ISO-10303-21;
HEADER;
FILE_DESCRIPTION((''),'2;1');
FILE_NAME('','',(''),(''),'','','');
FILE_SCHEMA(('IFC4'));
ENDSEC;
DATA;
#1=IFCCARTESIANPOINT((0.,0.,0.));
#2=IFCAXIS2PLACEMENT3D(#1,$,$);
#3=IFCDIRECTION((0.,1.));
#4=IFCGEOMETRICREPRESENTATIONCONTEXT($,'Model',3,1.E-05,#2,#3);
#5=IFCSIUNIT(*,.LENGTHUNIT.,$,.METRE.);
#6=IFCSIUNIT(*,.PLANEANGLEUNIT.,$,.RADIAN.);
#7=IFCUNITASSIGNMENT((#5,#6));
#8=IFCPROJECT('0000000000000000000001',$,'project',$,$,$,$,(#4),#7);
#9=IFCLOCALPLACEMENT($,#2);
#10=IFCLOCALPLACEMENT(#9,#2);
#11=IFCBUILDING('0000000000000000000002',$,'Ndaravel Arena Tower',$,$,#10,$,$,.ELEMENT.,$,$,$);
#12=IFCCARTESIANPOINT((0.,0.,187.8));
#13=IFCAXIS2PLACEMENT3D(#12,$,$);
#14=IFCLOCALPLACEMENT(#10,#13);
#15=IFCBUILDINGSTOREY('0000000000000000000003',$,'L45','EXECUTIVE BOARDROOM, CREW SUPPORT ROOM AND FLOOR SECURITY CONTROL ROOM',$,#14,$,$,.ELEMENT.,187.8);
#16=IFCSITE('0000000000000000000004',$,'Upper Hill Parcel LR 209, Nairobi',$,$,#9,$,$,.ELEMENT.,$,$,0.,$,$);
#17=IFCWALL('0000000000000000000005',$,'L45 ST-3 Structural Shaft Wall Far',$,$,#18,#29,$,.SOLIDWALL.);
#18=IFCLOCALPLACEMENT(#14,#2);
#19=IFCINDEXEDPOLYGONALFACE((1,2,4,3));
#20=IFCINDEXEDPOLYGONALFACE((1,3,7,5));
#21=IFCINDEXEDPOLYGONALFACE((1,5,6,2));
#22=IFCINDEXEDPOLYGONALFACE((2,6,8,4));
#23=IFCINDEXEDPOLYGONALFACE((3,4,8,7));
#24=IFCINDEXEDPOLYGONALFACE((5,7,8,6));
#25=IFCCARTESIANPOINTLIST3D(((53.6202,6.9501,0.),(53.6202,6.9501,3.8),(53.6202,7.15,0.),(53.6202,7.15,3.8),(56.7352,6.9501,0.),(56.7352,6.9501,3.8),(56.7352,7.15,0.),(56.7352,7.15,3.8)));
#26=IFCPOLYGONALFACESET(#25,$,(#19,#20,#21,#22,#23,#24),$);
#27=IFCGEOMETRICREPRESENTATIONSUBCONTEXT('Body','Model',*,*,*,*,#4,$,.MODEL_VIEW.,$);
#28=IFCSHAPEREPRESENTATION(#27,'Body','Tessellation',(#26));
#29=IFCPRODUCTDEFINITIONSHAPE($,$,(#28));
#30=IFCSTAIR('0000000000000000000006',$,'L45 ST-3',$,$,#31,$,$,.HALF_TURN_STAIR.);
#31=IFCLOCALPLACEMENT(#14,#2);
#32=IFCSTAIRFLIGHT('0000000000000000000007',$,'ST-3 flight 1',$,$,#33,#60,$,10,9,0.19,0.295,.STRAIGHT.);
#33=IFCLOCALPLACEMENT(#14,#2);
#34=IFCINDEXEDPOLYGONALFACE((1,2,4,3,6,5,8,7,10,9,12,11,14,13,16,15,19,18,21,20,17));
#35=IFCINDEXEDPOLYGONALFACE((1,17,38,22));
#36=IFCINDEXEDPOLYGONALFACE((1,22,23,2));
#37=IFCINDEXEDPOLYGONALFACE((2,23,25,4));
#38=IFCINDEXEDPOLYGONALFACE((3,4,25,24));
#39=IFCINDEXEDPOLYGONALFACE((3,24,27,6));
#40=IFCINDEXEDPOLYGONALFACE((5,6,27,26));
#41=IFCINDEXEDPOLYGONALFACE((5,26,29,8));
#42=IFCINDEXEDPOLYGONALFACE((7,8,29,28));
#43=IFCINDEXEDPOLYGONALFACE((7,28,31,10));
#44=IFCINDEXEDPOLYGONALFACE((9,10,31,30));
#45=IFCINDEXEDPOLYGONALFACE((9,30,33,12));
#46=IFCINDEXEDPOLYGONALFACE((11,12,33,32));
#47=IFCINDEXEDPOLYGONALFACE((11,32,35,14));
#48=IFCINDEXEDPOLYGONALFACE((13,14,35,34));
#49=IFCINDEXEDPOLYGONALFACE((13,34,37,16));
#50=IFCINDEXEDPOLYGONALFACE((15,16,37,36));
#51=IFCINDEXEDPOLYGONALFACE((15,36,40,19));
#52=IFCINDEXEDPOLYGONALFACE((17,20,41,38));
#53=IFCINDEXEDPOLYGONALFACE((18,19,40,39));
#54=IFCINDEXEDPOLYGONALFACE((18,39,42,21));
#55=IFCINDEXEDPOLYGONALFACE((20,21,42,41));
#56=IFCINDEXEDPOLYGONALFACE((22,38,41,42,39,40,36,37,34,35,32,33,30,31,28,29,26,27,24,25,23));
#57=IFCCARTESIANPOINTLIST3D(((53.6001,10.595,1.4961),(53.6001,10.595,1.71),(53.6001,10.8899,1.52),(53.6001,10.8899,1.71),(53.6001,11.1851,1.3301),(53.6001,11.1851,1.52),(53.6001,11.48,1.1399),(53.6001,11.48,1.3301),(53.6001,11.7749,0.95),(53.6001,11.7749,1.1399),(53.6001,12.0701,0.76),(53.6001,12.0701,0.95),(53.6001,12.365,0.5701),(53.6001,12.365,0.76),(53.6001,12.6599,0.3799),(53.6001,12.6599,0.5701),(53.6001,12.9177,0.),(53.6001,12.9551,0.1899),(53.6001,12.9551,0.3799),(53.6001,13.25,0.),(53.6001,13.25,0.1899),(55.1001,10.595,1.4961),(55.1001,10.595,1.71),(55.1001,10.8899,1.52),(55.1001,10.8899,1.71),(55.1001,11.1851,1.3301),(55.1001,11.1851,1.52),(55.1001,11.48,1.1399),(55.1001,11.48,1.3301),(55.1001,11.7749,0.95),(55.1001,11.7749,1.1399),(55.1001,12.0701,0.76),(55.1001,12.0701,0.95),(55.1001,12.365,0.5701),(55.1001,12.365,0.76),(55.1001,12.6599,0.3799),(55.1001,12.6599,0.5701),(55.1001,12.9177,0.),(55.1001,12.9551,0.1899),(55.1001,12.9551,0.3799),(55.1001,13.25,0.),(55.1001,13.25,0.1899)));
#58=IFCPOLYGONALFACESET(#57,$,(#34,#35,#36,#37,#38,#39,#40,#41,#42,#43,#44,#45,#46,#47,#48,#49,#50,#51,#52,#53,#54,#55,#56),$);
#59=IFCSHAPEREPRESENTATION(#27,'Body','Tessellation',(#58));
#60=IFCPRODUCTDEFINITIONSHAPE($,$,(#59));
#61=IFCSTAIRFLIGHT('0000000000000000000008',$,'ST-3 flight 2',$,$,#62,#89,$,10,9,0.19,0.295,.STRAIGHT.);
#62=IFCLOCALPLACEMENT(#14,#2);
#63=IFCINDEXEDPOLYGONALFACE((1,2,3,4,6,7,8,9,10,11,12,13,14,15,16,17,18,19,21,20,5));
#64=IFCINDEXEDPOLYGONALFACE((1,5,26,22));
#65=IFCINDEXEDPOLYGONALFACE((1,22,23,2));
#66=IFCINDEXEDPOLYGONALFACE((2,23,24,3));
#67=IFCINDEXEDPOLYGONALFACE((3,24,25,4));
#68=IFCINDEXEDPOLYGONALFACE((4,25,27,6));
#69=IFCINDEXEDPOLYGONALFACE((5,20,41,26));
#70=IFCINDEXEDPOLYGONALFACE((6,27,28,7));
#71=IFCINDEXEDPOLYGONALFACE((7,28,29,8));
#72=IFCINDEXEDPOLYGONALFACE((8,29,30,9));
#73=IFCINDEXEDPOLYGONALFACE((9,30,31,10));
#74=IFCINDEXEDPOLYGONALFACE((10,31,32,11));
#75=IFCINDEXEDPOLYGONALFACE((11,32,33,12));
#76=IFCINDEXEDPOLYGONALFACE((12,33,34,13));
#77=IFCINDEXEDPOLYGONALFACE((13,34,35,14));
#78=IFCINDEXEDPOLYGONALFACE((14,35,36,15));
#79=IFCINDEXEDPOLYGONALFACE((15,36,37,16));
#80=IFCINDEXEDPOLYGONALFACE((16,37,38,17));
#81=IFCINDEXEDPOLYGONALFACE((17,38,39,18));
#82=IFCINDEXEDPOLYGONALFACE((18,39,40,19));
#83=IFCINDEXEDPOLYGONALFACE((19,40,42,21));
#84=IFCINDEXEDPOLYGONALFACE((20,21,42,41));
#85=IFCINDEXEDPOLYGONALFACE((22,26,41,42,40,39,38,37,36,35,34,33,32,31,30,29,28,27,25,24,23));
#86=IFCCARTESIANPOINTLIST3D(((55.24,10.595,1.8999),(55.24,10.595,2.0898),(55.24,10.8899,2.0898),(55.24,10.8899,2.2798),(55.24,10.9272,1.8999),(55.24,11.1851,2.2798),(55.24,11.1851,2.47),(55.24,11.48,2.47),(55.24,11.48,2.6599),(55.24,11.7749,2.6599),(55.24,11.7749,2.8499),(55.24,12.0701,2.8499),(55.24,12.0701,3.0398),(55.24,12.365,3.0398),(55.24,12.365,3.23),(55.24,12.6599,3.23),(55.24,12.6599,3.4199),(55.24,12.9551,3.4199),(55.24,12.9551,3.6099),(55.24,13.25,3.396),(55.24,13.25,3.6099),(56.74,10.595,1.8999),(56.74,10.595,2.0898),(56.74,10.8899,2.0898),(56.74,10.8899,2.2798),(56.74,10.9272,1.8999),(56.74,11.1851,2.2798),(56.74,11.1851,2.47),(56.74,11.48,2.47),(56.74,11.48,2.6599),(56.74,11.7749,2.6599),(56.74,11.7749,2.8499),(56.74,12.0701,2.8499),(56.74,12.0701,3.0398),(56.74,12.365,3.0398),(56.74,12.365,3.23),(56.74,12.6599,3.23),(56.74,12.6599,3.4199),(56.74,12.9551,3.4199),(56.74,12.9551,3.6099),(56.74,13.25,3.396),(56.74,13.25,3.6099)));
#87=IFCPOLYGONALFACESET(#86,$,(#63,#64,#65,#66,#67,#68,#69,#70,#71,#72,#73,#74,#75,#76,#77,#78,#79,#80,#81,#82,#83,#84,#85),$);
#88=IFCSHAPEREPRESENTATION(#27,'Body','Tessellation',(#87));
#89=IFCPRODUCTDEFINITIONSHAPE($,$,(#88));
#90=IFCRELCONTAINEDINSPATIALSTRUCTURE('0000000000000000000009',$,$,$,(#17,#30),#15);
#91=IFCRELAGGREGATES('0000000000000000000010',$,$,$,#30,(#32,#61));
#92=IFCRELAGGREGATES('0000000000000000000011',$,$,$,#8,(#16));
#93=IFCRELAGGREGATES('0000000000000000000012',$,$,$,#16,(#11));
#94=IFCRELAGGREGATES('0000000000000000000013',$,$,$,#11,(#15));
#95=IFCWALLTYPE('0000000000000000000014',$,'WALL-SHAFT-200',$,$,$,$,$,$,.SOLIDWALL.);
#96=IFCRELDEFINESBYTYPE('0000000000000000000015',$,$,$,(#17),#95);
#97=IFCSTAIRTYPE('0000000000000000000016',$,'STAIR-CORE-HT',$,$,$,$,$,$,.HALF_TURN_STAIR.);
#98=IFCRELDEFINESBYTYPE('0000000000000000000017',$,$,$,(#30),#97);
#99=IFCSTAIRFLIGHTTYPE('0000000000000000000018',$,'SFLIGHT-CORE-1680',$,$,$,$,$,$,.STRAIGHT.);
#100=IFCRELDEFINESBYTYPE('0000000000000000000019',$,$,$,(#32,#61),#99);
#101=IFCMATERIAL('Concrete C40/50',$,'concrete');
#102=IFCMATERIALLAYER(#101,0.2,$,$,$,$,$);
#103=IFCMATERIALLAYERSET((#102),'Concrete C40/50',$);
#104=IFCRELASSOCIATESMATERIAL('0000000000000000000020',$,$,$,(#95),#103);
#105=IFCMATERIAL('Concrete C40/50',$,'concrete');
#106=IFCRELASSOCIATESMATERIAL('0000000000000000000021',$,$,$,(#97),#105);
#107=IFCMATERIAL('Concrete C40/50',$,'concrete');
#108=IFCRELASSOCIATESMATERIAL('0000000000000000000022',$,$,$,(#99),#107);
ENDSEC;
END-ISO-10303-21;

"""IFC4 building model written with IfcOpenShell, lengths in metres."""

from ifc_helpers import new_model, si_unit, direction, frame, frame_2d, origin, place, context, subcontext, project, spatial, polyline, rectangle, outline, extrude, material, layer, layer_set, type_object, element, aggregate, save


model = new_model("IFC4")

# Units and contexts
model_context = context("Model", 3, precision=1e-05, world=origin(), true_north=direction((0.0, 1.0)))
body_context = subcontext(model_context, "Body", "Model", "MODEL_VIEW")
ifc_project = project(units=[si_unit("LENGTHUNIT", "METRE"), si_unit("PLANEANGLEUNIT", "RADIAN")], contexts=[model_context])

# Site, building, storey
site_placement = place(None, origin())
site = spatial("IfcSite", under=ifc_project, at=site_placement, Name="Upper Hill Parcel LR 209, Nairobi", CompositionType="ELEMENT", RefElevation=0.0)
building_placement = place(site_placement, origin())
building = spatial("IfcBuilding", under=site, at=building_placement, Name="Ndaravel Arena Tower", CompositionType="ELEMENT")
storey_placement = place(building_placement, frame((0.0, 0.0, 187.8)))
storey = spatial("IfcBuildingStorey", under=building, at=storey_placement, Name="L45", Description="EXECUTIVE BOARDROOM, CREW SUPPORT ROOM AND FLOOR SECURITY CONTROL ROOM", CompositionType="ELEMENT", Elevation=187.8)

# Wall
ifc_material_1 = material(Name="Concrete C40/50", Category="concrete")
ifc_layer_1 = layer(ifc_material_1, 0.2)
ifc_layer_set_1 = layer_set([ifc_layer_1], Name="Concrete C40/50")
wall_type_1 = type_object("IfcWallType", Name="WALL-SHAFT-200", PredefinedType="SOLIDWALL", material=ifc_layer_set_1)
wall_1_placement = place(storey_placement, frame((53.6201, 7.05, 0.0), z_axis=(0.0, 0.0, 1.0), x_axis=(1.0, 0.0, 0.0)))
element("IfcWall", 1, at=wall_1_placement, inside=storey, type_object=wall_type_1, Name="L45 ST-3 Structural Shaft Wall Far", PredefinedType="SOLIDWALL", context=body_context, shape_type="SweptSolid", body=[
    extrude(rectangle(XDim=3.115, YDim=0.2, at=frame_2d((1.5576, 0.0))), origin(), (0.0, 0.0, 1.0), 3.8),
])

# Stair, stair flights
ifc_material_2 = material(Name="Concrete C40/50", Category="concrete")
stair_type = type_object("IfcStairType", Name="STAIR-CORE-HT", PredefinedType="HALF_TURN_STAIR", material=ifc_material_2)
stair_placement = place(storey_placement, origin())
stair = element("IfcStair", 2, at=stair_placement, inside=storey, type_object=stair_type, Name="L45 ST-3", PredefinedType="HALF_TURN_STAIR")
ifc_material_3 = material(Name="Concrete C40/50", Category="concrete")
stair_flight_type = type_object("IfcStairFlightType", Name="SFLIGHT-CORE-1680", PredefinedType="STRAIGHT", material=ifc_material_3)
stair_flight_1_placement = place(storey_placement, frame((54.3501, 13.25, 0.0), z_axis=(0.0, 0.0, 1.0), x_axis=(0.0, -1.0, 0.0)))
stair_flight_1 = element("IfcStairFlight", 3, at=stair_flight_1_placement, type_object=stair_flight_type, Name="ST-3 flight 1", NumberOfRisers=10, NumberOfTreads=9, PredefinedType="STRAIGHT", RiserHeight=0.19, TreadLength=0.295, context=body_context, shape_type="SweptSolid", body=[
    extrude(outline(polyline([(0.0, 0.0), (0.0, 0.1899), (0.2949, 0.1899), (0.2949, 0.3799), (0.5901, 0.3799), (0.5901, 0.5701), (0.885, 0.5701), (0.885, 0.76), (1.1799, 0.76), (1.1799, 0.95), (1.4751, 0.95), (1.4751, 1.1399), (1.77, 1.1399), (1.77, 1.3301), (2.0649, 1.3301), (2.0649, 1.52), (2.3601, 1.52), (2.3601, 1.71), (2.655, 1.71), (2.655, 1.8999), (2.655, 1.4961), (0.3323, 0.0), (0.0, 0.0)])), frame((0.0, 0.75, 0.0), z_axis=(0.0, -1.0, 0.0), x_axis=(1.0, 0.0, 0.0)), (0.0, 0.0, 1.0), 1.5),
])
stair_flight_2_placement = place(storey_placement, frame((55.99, 10.595, 1.8999), z_axis=(0.0, 0.0, 1.0), x_axis=(0.0, 1.0, 0.0)))
stair_flight_2 = element("IfcStairFlight", 4, at=stair_flight_2_placement, type_object=stair_flight_type, Name="ST-3 flight 2", NumberOfRisers=10, NumberOfTreads=9, PredefinedType="STRAIGHT", RiserHeight=0.19, TreadLength=0.295, context=body_context, shape_type="SweptSolid", body=[
    extrude(outline(polyline([(0.0, 0.0), (0.0, 0.1899), (0.2949, 0.1899), (0.2949, 0.3799), (0.5901, 0.3799), (0.5901, 0.5701), (0.885, 0.5701), (0.885, 0.76), (1.1799, 0.76), (1.1799, 0.95), (1.4751, 0.95), (1.4751, 1.1399), (1.77, 1.1399), (1.77, 1.3301), (2.0649, 1.3301), (2.0649, 1.52), (2.3601, 1.52), (2.3601, 1.71), (2.655, 1.71), (2.655, 1.8999), (2.655, 1.4961), (0.3323, 0.0), (0.0, 0.0)])), frame((0.0, 0.75, 0.0), z_axis=(0.0, -1.0, 0.0), x_axis=(1.0, 0.0, 0.0)), (0.0, 0.0, 1.0), 1.5),
])
aggregate(stair, [stair_flight_1, stair_flight_2])

save(model, "model.ifc")
